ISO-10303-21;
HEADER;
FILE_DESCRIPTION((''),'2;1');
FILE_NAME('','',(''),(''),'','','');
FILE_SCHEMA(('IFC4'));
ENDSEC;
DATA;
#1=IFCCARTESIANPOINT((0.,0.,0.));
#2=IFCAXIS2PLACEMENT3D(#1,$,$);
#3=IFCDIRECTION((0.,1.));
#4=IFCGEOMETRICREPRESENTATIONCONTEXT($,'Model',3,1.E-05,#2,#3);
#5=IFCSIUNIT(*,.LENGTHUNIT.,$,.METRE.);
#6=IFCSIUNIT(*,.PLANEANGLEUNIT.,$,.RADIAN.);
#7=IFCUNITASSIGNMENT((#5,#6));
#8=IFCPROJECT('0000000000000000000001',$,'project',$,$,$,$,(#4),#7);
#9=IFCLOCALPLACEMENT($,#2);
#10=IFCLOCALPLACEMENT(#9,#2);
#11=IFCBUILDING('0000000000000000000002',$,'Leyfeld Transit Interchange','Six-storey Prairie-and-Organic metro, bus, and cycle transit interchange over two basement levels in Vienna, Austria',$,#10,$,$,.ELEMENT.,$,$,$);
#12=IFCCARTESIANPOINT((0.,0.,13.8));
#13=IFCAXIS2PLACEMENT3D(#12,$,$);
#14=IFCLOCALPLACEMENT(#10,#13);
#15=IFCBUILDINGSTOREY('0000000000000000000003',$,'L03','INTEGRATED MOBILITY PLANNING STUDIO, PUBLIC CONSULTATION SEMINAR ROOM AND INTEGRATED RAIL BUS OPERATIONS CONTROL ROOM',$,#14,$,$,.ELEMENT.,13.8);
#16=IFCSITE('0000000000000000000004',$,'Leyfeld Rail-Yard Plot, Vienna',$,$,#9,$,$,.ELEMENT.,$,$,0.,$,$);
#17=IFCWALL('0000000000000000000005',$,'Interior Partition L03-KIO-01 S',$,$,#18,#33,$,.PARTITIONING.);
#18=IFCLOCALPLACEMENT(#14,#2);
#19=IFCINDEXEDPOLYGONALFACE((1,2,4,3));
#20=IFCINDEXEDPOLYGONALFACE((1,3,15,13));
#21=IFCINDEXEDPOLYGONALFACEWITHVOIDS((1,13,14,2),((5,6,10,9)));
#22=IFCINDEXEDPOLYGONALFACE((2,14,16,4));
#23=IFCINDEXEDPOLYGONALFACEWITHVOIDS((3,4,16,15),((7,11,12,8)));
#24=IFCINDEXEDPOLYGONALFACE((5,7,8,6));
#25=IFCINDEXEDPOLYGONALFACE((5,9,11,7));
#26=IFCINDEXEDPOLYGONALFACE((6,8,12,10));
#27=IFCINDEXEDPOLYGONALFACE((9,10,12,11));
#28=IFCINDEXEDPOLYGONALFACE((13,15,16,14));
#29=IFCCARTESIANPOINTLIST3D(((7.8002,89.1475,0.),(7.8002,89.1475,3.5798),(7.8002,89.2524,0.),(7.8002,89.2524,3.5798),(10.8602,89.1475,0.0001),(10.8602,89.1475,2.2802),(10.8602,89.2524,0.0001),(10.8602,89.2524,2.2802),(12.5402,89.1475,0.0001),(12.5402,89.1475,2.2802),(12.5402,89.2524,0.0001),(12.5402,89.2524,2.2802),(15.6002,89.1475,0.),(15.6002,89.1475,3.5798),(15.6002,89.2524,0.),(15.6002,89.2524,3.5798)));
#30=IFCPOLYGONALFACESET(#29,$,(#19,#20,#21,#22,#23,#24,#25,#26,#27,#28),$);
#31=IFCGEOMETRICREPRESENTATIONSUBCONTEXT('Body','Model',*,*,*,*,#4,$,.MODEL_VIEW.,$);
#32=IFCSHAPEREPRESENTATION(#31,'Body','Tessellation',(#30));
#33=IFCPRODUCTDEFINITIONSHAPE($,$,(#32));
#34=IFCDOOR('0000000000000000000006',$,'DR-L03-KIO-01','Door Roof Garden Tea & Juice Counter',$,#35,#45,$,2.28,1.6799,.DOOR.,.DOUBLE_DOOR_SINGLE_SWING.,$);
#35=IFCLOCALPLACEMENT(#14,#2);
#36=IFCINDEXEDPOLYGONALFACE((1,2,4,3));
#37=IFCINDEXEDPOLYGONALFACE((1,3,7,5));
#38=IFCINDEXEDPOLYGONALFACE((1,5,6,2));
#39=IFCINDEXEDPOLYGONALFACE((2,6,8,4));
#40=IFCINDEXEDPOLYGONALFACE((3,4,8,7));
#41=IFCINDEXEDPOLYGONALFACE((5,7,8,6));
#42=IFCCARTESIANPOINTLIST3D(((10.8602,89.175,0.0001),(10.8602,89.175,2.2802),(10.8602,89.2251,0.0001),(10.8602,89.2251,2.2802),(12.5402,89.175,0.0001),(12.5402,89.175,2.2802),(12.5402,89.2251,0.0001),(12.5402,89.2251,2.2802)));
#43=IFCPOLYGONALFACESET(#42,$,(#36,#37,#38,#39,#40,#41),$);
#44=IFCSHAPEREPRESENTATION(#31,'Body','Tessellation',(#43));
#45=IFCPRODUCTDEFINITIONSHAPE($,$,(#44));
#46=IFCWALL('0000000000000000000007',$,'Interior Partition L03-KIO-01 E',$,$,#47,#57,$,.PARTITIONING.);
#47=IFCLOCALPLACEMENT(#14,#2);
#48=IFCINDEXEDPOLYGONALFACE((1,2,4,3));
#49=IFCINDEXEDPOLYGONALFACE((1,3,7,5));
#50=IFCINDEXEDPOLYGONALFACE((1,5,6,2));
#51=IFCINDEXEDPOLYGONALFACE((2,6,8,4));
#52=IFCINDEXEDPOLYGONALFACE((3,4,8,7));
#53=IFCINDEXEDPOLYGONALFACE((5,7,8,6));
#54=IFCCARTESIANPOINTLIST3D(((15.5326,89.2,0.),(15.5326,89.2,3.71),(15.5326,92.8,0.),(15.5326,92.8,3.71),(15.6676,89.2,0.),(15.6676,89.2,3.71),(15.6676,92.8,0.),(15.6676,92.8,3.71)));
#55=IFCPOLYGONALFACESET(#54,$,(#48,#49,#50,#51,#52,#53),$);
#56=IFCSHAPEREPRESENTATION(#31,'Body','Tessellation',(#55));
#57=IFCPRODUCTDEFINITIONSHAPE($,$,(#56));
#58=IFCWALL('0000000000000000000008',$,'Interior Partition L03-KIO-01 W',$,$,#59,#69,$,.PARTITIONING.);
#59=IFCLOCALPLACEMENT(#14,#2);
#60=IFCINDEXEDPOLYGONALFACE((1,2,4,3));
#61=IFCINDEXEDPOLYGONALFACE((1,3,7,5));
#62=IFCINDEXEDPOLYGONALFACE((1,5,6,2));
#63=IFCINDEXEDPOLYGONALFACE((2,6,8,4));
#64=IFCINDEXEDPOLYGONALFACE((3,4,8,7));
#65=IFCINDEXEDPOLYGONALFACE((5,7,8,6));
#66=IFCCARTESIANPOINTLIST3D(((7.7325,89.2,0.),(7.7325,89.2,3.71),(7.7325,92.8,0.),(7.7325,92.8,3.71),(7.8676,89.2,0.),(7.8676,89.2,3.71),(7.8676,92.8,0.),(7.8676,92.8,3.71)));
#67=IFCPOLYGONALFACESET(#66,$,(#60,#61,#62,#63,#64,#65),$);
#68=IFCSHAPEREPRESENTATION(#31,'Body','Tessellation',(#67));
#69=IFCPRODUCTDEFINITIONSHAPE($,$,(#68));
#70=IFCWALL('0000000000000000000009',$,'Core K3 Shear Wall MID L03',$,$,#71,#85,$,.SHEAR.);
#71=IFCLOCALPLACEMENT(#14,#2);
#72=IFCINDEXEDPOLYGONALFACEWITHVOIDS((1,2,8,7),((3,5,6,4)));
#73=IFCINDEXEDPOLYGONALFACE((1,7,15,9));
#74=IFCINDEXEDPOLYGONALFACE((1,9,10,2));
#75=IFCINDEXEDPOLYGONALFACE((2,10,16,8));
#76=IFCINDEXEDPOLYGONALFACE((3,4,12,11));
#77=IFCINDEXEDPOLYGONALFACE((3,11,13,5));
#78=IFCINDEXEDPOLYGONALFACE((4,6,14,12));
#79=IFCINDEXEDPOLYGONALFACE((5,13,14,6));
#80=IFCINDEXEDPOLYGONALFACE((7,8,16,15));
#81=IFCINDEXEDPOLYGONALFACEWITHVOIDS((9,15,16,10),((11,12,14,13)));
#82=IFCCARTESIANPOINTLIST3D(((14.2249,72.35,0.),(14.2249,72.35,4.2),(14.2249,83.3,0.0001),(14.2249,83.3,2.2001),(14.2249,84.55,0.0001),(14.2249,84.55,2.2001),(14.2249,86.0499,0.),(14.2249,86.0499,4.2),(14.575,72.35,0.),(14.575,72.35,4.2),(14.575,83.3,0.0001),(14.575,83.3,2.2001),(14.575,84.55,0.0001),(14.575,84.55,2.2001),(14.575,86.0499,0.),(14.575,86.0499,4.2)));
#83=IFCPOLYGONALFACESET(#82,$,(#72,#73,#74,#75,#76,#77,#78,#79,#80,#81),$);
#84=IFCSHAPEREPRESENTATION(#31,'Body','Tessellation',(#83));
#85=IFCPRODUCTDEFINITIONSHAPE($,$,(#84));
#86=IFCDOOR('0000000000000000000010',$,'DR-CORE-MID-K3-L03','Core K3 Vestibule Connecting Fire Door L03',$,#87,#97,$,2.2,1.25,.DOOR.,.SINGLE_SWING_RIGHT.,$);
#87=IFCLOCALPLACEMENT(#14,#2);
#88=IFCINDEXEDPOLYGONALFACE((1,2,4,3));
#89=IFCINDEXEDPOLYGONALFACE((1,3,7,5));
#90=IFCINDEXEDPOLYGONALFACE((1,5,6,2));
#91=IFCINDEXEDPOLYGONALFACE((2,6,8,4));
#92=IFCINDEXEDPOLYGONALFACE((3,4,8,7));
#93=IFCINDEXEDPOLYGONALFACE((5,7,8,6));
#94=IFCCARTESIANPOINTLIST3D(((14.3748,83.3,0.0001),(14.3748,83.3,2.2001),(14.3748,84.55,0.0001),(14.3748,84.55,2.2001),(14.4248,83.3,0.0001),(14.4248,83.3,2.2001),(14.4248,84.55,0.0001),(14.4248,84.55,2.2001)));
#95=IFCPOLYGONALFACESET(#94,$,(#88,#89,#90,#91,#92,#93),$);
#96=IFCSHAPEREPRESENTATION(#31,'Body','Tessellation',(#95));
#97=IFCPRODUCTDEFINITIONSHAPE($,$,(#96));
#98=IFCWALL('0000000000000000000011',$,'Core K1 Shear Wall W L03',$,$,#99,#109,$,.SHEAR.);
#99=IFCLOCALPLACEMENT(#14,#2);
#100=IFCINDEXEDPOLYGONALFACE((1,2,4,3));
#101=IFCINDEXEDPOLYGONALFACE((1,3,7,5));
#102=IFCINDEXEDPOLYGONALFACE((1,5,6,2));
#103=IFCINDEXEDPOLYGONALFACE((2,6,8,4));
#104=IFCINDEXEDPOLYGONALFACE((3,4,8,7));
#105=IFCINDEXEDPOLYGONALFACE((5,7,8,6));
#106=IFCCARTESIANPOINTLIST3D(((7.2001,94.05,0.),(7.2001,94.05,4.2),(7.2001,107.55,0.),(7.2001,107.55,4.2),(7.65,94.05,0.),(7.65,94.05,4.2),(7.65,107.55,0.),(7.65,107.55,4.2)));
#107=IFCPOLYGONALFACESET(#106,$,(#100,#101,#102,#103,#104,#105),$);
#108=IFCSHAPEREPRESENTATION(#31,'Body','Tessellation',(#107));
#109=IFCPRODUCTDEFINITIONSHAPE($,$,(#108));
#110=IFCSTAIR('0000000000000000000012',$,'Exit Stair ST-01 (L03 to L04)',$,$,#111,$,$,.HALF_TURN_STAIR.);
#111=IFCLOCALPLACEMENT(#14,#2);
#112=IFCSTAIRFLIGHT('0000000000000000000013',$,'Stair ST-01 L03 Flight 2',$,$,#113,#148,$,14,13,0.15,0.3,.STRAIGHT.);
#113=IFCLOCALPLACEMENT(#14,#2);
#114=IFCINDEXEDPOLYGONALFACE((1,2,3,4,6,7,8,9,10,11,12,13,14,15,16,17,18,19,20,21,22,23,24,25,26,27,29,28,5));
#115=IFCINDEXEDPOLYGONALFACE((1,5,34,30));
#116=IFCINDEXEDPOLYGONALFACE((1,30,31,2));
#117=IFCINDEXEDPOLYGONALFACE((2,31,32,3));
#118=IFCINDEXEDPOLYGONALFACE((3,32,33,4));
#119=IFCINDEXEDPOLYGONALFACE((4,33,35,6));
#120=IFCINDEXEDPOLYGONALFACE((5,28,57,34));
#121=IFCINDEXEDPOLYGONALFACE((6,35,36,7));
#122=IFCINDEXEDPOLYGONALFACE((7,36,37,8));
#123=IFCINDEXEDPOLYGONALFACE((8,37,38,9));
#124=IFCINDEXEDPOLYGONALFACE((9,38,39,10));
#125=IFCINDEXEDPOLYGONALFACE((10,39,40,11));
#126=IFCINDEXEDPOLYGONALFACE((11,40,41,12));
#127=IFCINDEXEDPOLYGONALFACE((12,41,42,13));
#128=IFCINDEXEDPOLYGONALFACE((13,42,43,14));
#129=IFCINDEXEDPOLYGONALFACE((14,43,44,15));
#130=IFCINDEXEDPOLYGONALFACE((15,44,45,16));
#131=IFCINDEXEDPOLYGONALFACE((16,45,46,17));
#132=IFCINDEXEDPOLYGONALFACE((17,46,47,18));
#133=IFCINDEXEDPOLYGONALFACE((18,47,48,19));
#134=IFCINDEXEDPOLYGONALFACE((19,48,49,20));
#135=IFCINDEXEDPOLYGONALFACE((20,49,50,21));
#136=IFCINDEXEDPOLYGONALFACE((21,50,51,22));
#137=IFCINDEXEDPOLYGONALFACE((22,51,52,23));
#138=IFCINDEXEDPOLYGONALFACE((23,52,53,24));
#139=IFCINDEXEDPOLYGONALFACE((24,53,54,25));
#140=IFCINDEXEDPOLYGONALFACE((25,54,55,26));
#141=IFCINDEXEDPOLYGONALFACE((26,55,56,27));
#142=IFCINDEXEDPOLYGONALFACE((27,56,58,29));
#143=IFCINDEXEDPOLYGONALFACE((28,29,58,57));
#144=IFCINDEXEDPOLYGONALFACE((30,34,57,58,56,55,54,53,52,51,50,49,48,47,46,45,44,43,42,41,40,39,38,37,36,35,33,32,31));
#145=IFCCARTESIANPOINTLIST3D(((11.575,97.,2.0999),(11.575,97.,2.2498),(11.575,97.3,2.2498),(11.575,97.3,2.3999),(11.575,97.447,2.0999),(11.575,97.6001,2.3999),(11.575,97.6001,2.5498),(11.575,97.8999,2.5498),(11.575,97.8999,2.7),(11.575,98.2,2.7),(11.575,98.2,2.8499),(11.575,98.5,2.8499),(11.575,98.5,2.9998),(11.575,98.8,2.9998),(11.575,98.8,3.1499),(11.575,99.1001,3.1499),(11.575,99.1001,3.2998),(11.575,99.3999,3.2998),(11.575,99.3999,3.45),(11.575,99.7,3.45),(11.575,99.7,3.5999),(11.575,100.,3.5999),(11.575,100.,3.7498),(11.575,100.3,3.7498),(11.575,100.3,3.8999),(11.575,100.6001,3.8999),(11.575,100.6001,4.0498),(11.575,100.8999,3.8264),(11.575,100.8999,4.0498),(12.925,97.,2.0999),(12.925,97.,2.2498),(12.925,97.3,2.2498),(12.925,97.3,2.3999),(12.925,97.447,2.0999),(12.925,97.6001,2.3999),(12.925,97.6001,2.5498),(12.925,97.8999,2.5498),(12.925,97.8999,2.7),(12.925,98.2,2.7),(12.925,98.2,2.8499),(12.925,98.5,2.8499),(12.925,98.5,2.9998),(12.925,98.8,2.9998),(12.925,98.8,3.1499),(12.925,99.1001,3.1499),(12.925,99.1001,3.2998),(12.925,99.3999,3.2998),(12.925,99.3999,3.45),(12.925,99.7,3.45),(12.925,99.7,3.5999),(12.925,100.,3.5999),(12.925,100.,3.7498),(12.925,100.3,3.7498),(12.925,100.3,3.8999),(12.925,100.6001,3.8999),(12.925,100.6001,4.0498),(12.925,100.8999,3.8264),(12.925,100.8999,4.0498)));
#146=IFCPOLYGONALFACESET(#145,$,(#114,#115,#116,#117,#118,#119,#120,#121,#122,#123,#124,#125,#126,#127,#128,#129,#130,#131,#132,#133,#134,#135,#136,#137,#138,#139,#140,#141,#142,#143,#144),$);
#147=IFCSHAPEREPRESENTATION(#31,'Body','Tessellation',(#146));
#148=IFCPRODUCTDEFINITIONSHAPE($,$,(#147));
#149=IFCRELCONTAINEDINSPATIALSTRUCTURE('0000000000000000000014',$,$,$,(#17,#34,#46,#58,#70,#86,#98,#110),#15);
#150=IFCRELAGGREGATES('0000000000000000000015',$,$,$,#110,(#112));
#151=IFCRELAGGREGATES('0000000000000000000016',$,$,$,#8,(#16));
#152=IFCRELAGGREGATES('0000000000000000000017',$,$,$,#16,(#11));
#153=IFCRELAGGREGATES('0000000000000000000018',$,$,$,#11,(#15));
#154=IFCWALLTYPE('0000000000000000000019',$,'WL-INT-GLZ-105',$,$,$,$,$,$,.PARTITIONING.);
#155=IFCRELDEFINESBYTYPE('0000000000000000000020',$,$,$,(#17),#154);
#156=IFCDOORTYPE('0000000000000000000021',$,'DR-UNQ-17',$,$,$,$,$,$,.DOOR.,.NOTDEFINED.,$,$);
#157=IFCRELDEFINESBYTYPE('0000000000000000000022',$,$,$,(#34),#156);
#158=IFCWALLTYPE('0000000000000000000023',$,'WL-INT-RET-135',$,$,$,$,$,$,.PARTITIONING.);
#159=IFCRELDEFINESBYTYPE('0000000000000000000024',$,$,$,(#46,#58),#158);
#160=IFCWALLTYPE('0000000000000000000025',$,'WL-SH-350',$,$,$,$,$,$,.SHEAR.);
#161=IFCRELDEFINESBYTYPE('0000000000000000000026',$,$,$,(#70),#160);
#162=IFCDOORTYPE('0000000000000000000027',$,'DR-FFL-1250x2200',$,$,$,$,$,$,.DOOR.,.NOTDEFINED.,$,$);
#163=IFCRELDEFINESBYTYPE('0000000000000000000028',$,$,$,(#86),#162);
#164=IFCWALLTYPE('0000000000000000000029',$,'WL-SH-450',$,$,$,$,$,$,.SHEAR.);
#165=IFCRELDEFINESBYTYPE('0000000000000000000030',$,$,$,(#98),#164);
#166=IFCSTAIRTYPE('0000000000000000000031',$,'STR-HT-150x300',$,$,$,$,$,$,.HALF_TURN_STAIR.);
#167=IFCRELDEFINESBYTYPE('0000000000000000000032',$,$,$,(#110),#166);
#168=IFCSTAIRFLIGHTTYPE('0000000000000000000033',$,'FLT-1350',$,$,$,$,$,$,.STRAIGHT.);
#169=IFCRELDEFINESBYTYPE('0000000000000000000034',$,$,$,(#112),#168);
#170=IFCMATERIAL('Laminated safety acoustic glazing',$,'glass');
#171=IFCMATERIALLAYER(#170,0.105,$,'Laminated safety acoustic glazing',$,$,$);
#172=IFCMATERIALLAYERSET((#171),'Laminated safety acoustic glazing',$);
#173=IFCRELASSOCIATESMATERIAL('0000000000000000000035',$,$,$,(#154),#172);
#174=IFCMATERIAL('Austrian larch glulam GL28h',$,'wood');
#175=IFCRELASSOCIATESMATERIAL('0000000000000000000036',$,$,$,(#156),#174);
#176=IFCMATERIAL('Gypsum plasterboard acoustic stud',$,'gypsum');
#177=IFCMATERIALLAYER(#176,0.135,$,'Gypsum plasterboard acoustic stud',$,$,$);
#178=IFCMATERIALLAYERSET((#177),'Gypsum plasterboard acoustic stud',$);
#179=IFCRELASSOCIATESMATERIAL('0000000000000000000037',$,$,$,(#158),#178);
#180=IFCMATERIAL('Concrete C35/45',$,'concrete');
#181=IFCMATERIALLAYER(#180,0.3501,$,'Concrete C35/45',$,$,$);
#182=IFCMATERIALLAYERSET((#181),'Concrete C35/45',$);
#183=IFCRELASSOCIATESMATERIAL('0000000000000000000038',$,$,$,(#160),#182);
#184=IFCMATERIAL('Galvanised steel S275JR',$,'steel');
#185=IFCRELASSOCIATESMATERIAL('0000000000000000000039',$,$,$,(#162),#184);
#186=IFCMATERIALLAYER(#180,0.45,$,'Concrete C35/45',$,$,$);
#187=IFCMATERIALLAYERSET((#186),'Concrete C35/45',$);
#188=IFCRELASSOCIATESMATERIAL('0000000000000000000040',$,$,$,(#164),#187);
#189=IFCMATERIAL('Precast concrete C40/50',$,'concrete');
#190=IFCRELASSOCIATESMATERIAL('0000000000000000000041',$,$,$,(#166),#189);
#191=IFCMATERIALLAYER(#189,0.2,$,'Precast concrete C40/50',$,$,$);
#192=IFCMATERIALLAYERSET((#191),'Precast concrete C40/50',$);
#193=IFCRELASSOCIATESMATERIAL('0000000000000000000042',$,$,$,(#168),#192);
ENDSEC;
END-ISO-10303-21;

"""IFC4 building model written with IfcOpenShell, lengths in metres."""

from ifc_helpers import new_model, si_unit, direction, frame, frame_2d, origin, place, context, subcontext, project, spatial, polyline, rectangle, outline, extrude, material, layer, layer_set, type_object, element, fill, aggregate, save


model = new_model("IFC4")

# Units and contexts
model_context = context("Model", 3, precision=1e-05, world=origin(), true_north=direction((0.0, 1.0)))
body_context = subcontext(model_context, "Body", "Model", "MODEL_VIEW")
ifc_project = project(units=[si_unit("LENGTHUNIT", "METRE"), si_unit("PLANEANGLEUNIT", "RADIAN")], contexts=[model_context])

# Site, building, storey
site_placement = place(None, origin())
site = spatial("IfcSite", under=ifc_project, at=site_placement, Name="Leyfeld Rail-Yard Plot, Vienna", CompositionType="ELEMENT", RefElevation=0.0)
building_placement = place(site_placement, origin())
building = spatial("IfcBuilding", under=site, at=building_placement, Name="Leyfeld Transit Interchange", Description="Six-storey Prairie-and-Organic metro, bus, and cycle transit interchange over two basement levels in Vienna, Austria", CompositionType="ELEMENT")
storey_placement = place(building_placement, frame((0.0, 0.0, 13.8)))
storey = spatial("IfcBuildingStorey", under=building, at=storey_placement, Name="L03", Description="INTEGRATED MOBILITY PLANNING STUDIO, PUBLIC CONSULTATION SEMINAR ROOM AND INTEGRATED RAIL BUS OPERATIONS CONTROL ROOM", CompositionType="ELEMENT", Elevation=13.8)

# Shared definitions
ifc_material_1 = material(Name="Concrete C35/45", Category="concrete")

# Wall, opening, door
ifc_material_2 = material(Name="Laminated safety acoustic glazing", Category="glass")
ifc_layer_1 = layer(ifc_material_2, 0.105, Name="Laminated safety acoustic glazing")
ifc_layer_set_1 = layer_set([ifc_layer_1], Name="Laminated safety acoustic glazing")
wall_type_1 = type_object("IfcWallType", Name="WL-INT-GLZ-105", PredefinedType="PARTITIONING", material=ifc_layer_set_1)
wall_1_placement = place(storey_placement, frame((15.6001, 89.2, 0.0), z_axis=(0.0, 0.0, 1.0), x_axis=(-1.0, 0.0, 0.0)))
wall_1 = element("IfcWall", 1, at=wall_1_placement, inside=storey, type_object=wall_type_1, Name="Interior Partition L03-KIO-01 S", PredefinedType="PARTITIONING", context=body_context, shape_type="SweptSolid", body=[
    extrude(rectangle(XDim=7.8, YDim=0.105, at=frame_2d((3.8999, 0.0))), origin(), (0.0, 0.0, 1.0), 3.5798),
])
opening_1_placement = place(wall_1_placement, frame((3.0601, 0.0, 0.0)))
opening_1 = element("IfcOpeningElement", 2, at=opening_1_placement, cuts=wall_1, PredefinedType="OPENING", context=body_context, shape_type="SweptSolid", body=[
    extrude(rectangle(XDim=1.6799, YDim=2.28, at=frame_2d((0.8398, 1.1401))), frame((0.0, 0.0625, 0.0), z_axis=(0.0, -1.0, 0.0), x_axis=(1.0, 0.0, 0.0)), (0.0, 0.0, 1.0), 0.125),
])
ifc_material_3 = material(Name="Austrian larch glulam GL28h", Category="wood")
door_type_1 = type_object("IfcDoorType", Name="DR-UNQ-17", OperationType="NOTDEFINED", PredefinedType="DOOR", material=ifc_material_3)
door_1_placement = place(opening_1_placement, origin())
door_1 = element("IfcDoor", 3, at=door_1_placement, inside=storey, type_object=door_type_1, Name="DR-L03-KIO-01", Description="Door Roof Garden Tea & Juice Counter", OperationType="DOUBLE_DOOR_SINGLE_SWING", OverallHeight=2.28, OverallWidth=1.6799, PredefinedType="DOOR", context=body_context, shape_type="SweptSolid", body=[
    extrude(rectangle(XDim=1.6799, YDim=2.28, at=frame_2d((0.8398, 1.1401))), frame((0.0, 0.0249, 0.0), z_axis=(0.0, -1.0, 0.0), x_axis=(1.0, 0.0, 0.0)), (0.0, 0.0, 1.0), 0.05),
])
fill(opening_1, door_1)

# Walls
ifc_material_4 = material(Name="Gypsum plasterboard acoustic stud", Category="gypsum")
ifc_layer_2 = layer(ifc_material_4, 0.135, Name="Gypsum plasterboard acoustic stud")
ifc_layer_set_2 = layer_set([ifc_layer_2], Name="Gypsum plasterboard acoustic stud")
wall_type_2 = type_object("IfcWallType", Name="WL-INT-RET-135", PredefinedType="PARTITIONING", material=ifc_layer_set_2)
for number, where, z_axis, x_axis, name in (
    (4, (15.6001, 92.8, 0.0), (0.0, 0.0, 1.0), (0.0, -1.0, 0.0), "Interior Partition L03-KIO-01 E"),
    (5, (7.8, 89.2, 0.0), (0.0, 0.0, 1.0), (0.0, 1.0, 0.0), "Interior Partition L03-KIO-01 W"),
):
    element("IfcWall", number, at=place(storey_placement, frame(where, z_axis=z_axis, x_axis=x_axis)), inside=storey, type_object=wall_type_2, Name=name, PredefinedType="PARTITIONING", context=body_context, shape_type="SweptSolid", body=[
        extrude(rectangle(XDim=3.6001, YDim=0.135, at=frame_2d((1.8, 0.0))), origin(), (0.0, 0.0, 1.0), 3.71),
    ])

# Wall, opening, door
ifc_layer_3 = layer(ifc_material_1, 0.3501, Name="Concrete C35/45")
ifc_layer_set_3 = layer_set([ifc_layer_3], Name="Concrete C35/45")
wall_type_3 = type_object("IfcWallType", Name="WL-SH-350", PredefinedType="SHEAR", material=ifc_layer_set_3)
wall_2_placement = place(storey_placement, frame((14.3999, 86.05, 0.0), z_axis=(0.0, 0.0, 1.0), x_axis=(0.0, -1.0, 0.0)))
wall_2 = element("IfcWall", 6, at=wall_2_placement, inside=storey, type_object=wall_type_3, Name="Core K3 Shear Wall MID L03", PredefinedType="SHEAR", context=body_context, shape_type="SweptSolid", body=[
    extrude(rectangle(XDim=13.7, YDim=0.3501, at=frame_2d((6.8501, 0.0))), origin(), (0.0, 0.0, 1.0), 4.2),
])
opening_2_placement = place(wall_2_placement, frame((1.5, 0.0, 0.0)))
opening_2 = element("IfcOpeningElement", 7, at=opening_2_placement, cuts=wall_2, PredefinedType="OPENING", context=body_context, shape_type="SweptSolid", body=[
    extrude(rectangle(XDim=1.25, YDim=2.2, at=frame_2d((0.625, 1.1001))), frame((0.0, 0.1851, 0.0), z_axis=(0.0, -1.0, 0.0), x_axis=(1.0, 0.0, 0.0)), (0.0, 0.0, 1.0), 0.3701),
])
ifc_material_5 = material(Name="Galvanised steel S275JR", Category="steel")
door_type_2 = type_object("IfcDoorType", Name="DR-FFL-1250x2200", OperationType="NOTDEFINED", PredefinedType="DOOR", material=ifc_material_5)
door_2_placement = place(opening_2_placement, origin())
door_2 = element("IfcDoor", 8, at=door_2_placement, inside=storey, type_object=door_type_2, Name="DR-CORE-MID-K3-L03", Description="Core K3 Vestibule Connecting Fire Door L03", OperationType="SINGLE_SWING_RIGHT", OverallHeight=2.2, OverallWidth=1.25, PredefinedType="DOOR", context=body_context, shape_type="SweptSolid", body=[
    extrude(rectangle(XDim=1.25, YDim=2.2, at=frame_2d((0.625, 1.1001))), frame((0.0, 0.0249, 0.0), z_axis=(0.0, -1.0, 0.0), x_axis=(1.0, 0.0, 0.0)), (0.0, 0.0, 1.0), 0.05),
])
fill(opening_2, door_2)

# Wall
ifc_layer_4 = layer(ifc_material_1, 0.45, Name="Concrete C35/45")
ifc_layer_set_4 = layer_set([ifc_layer_4], Name="Concrete C35/45")
wall_type_4 = type_object("IfcWallType", Name="WL-SH-450", PredefinedType="SHEAR", material=ifc_layer_set_4)
wall_3_placement = place(storey_placement, frame((7.425, 94.05, 0.0), z_axis=(0.0, 0.0, 1.0), x_axis=(0.0, 1.0, 0.0)))
element("IfcWall", 9, at=wall_3_placement, inside=storey, type_object=wall_type_4, Name="Core K1 Shear Wall W L03", PredefinedType="SHEAR", context=body_context, shape_type="SweptSolid", body=[
    extrude(rectangle(XDim=13.5, YDim=0.45, at=frame_2d((6.75, 0.0))), origin(), (0.0, 0.0, 1.0), 4.2),
])

# Stair, stair flight
ifc_material_6 = material(Name="Precast concrete C40/50", Category="concrete")
stair_type = type_object("IfcStairType", Name="STR-HT-150x300", PredefinedType="HALF_TURN_STAIR", material=ifc_material_6)
stair_placement = place(storey_placement, origin())
stair = element("IfcStair", 10, at=stair_placement, inside=storey, type_object=stair_type, Name="Exit Stair ST-01 (L03 to L04)", PredefinedType="HALF_TURN_STAIR")
ifc_layer_5 = layer(ifc_material_6, 0.2, Name="Precast concrete C40/50")
ifc_layer_set_5 = layer_set([ifc_layer_5], Name="Precast concrete C40/50")
stair_flight_type = type_object("IfcStairFlightType", Name="FLT-1350", PredefinedType="STRAIGHT", material=ifc_layer_set_5)
stair_flight_placement = place(storey_placement, frame((12.25, 97.0, 2.0999), z_axis=(0.0, 0.0, 1.0), x_axis=(0.0, 1.0, 0.0)))
stair_flight = element("IfcStairFlight", 11, at=stair_flight_placement, type_object=stair_flight_type, Name="Stair ST-01 L03 Flight 2", NumberOfRisers=14, NumberOfTreads=13, PredefinedType="STRAIGHT", RiserHeight=0.15, TreadLength=0.3, context=body_context, shape_type="SweptSolid", body=[
    extrude(outline(polyline([(0.0, 0.0), (0.0, 0.1499), (0.3, 0.1499), (0.3, 0.3), (0.6001, 0.3), (0.6001, 0.45), (0.8999, 0.45), (0.8999, 0.6001), (1.2, 0.6001), (1.2, 0.75), (1.5, 0.75), (1.5, 0.8999), (1.8, 0.8999), (1.8, 1.05), (2.1001, 1.05), (2.1001, 1.2), (2.3999, 1.2), (2.3999, 1.3501), (2.7, 1.3501), (2.7, 1.5), (3.0, 1.5), (3.0, 1.6499), (3.3, 1.6499), (3.3, 1.8), (3.6001, 1.8), (3.6001, 1.95), (3.8999, 1.95), (3.8999, 2.1001), (3.8999, 1.7266), (0.447, 0.0), (0.0, 0.0)])), frame((0.0, 0.675, 0.0), z_axis=(0.0, -1.0, 0.0), x_axis=(1.0, 0.0, 0.0)), (0.0, 0.0, 1.0), 1.3501),
])
aggregate(stair, [stair_flight])

save(model, "model.ifc")
